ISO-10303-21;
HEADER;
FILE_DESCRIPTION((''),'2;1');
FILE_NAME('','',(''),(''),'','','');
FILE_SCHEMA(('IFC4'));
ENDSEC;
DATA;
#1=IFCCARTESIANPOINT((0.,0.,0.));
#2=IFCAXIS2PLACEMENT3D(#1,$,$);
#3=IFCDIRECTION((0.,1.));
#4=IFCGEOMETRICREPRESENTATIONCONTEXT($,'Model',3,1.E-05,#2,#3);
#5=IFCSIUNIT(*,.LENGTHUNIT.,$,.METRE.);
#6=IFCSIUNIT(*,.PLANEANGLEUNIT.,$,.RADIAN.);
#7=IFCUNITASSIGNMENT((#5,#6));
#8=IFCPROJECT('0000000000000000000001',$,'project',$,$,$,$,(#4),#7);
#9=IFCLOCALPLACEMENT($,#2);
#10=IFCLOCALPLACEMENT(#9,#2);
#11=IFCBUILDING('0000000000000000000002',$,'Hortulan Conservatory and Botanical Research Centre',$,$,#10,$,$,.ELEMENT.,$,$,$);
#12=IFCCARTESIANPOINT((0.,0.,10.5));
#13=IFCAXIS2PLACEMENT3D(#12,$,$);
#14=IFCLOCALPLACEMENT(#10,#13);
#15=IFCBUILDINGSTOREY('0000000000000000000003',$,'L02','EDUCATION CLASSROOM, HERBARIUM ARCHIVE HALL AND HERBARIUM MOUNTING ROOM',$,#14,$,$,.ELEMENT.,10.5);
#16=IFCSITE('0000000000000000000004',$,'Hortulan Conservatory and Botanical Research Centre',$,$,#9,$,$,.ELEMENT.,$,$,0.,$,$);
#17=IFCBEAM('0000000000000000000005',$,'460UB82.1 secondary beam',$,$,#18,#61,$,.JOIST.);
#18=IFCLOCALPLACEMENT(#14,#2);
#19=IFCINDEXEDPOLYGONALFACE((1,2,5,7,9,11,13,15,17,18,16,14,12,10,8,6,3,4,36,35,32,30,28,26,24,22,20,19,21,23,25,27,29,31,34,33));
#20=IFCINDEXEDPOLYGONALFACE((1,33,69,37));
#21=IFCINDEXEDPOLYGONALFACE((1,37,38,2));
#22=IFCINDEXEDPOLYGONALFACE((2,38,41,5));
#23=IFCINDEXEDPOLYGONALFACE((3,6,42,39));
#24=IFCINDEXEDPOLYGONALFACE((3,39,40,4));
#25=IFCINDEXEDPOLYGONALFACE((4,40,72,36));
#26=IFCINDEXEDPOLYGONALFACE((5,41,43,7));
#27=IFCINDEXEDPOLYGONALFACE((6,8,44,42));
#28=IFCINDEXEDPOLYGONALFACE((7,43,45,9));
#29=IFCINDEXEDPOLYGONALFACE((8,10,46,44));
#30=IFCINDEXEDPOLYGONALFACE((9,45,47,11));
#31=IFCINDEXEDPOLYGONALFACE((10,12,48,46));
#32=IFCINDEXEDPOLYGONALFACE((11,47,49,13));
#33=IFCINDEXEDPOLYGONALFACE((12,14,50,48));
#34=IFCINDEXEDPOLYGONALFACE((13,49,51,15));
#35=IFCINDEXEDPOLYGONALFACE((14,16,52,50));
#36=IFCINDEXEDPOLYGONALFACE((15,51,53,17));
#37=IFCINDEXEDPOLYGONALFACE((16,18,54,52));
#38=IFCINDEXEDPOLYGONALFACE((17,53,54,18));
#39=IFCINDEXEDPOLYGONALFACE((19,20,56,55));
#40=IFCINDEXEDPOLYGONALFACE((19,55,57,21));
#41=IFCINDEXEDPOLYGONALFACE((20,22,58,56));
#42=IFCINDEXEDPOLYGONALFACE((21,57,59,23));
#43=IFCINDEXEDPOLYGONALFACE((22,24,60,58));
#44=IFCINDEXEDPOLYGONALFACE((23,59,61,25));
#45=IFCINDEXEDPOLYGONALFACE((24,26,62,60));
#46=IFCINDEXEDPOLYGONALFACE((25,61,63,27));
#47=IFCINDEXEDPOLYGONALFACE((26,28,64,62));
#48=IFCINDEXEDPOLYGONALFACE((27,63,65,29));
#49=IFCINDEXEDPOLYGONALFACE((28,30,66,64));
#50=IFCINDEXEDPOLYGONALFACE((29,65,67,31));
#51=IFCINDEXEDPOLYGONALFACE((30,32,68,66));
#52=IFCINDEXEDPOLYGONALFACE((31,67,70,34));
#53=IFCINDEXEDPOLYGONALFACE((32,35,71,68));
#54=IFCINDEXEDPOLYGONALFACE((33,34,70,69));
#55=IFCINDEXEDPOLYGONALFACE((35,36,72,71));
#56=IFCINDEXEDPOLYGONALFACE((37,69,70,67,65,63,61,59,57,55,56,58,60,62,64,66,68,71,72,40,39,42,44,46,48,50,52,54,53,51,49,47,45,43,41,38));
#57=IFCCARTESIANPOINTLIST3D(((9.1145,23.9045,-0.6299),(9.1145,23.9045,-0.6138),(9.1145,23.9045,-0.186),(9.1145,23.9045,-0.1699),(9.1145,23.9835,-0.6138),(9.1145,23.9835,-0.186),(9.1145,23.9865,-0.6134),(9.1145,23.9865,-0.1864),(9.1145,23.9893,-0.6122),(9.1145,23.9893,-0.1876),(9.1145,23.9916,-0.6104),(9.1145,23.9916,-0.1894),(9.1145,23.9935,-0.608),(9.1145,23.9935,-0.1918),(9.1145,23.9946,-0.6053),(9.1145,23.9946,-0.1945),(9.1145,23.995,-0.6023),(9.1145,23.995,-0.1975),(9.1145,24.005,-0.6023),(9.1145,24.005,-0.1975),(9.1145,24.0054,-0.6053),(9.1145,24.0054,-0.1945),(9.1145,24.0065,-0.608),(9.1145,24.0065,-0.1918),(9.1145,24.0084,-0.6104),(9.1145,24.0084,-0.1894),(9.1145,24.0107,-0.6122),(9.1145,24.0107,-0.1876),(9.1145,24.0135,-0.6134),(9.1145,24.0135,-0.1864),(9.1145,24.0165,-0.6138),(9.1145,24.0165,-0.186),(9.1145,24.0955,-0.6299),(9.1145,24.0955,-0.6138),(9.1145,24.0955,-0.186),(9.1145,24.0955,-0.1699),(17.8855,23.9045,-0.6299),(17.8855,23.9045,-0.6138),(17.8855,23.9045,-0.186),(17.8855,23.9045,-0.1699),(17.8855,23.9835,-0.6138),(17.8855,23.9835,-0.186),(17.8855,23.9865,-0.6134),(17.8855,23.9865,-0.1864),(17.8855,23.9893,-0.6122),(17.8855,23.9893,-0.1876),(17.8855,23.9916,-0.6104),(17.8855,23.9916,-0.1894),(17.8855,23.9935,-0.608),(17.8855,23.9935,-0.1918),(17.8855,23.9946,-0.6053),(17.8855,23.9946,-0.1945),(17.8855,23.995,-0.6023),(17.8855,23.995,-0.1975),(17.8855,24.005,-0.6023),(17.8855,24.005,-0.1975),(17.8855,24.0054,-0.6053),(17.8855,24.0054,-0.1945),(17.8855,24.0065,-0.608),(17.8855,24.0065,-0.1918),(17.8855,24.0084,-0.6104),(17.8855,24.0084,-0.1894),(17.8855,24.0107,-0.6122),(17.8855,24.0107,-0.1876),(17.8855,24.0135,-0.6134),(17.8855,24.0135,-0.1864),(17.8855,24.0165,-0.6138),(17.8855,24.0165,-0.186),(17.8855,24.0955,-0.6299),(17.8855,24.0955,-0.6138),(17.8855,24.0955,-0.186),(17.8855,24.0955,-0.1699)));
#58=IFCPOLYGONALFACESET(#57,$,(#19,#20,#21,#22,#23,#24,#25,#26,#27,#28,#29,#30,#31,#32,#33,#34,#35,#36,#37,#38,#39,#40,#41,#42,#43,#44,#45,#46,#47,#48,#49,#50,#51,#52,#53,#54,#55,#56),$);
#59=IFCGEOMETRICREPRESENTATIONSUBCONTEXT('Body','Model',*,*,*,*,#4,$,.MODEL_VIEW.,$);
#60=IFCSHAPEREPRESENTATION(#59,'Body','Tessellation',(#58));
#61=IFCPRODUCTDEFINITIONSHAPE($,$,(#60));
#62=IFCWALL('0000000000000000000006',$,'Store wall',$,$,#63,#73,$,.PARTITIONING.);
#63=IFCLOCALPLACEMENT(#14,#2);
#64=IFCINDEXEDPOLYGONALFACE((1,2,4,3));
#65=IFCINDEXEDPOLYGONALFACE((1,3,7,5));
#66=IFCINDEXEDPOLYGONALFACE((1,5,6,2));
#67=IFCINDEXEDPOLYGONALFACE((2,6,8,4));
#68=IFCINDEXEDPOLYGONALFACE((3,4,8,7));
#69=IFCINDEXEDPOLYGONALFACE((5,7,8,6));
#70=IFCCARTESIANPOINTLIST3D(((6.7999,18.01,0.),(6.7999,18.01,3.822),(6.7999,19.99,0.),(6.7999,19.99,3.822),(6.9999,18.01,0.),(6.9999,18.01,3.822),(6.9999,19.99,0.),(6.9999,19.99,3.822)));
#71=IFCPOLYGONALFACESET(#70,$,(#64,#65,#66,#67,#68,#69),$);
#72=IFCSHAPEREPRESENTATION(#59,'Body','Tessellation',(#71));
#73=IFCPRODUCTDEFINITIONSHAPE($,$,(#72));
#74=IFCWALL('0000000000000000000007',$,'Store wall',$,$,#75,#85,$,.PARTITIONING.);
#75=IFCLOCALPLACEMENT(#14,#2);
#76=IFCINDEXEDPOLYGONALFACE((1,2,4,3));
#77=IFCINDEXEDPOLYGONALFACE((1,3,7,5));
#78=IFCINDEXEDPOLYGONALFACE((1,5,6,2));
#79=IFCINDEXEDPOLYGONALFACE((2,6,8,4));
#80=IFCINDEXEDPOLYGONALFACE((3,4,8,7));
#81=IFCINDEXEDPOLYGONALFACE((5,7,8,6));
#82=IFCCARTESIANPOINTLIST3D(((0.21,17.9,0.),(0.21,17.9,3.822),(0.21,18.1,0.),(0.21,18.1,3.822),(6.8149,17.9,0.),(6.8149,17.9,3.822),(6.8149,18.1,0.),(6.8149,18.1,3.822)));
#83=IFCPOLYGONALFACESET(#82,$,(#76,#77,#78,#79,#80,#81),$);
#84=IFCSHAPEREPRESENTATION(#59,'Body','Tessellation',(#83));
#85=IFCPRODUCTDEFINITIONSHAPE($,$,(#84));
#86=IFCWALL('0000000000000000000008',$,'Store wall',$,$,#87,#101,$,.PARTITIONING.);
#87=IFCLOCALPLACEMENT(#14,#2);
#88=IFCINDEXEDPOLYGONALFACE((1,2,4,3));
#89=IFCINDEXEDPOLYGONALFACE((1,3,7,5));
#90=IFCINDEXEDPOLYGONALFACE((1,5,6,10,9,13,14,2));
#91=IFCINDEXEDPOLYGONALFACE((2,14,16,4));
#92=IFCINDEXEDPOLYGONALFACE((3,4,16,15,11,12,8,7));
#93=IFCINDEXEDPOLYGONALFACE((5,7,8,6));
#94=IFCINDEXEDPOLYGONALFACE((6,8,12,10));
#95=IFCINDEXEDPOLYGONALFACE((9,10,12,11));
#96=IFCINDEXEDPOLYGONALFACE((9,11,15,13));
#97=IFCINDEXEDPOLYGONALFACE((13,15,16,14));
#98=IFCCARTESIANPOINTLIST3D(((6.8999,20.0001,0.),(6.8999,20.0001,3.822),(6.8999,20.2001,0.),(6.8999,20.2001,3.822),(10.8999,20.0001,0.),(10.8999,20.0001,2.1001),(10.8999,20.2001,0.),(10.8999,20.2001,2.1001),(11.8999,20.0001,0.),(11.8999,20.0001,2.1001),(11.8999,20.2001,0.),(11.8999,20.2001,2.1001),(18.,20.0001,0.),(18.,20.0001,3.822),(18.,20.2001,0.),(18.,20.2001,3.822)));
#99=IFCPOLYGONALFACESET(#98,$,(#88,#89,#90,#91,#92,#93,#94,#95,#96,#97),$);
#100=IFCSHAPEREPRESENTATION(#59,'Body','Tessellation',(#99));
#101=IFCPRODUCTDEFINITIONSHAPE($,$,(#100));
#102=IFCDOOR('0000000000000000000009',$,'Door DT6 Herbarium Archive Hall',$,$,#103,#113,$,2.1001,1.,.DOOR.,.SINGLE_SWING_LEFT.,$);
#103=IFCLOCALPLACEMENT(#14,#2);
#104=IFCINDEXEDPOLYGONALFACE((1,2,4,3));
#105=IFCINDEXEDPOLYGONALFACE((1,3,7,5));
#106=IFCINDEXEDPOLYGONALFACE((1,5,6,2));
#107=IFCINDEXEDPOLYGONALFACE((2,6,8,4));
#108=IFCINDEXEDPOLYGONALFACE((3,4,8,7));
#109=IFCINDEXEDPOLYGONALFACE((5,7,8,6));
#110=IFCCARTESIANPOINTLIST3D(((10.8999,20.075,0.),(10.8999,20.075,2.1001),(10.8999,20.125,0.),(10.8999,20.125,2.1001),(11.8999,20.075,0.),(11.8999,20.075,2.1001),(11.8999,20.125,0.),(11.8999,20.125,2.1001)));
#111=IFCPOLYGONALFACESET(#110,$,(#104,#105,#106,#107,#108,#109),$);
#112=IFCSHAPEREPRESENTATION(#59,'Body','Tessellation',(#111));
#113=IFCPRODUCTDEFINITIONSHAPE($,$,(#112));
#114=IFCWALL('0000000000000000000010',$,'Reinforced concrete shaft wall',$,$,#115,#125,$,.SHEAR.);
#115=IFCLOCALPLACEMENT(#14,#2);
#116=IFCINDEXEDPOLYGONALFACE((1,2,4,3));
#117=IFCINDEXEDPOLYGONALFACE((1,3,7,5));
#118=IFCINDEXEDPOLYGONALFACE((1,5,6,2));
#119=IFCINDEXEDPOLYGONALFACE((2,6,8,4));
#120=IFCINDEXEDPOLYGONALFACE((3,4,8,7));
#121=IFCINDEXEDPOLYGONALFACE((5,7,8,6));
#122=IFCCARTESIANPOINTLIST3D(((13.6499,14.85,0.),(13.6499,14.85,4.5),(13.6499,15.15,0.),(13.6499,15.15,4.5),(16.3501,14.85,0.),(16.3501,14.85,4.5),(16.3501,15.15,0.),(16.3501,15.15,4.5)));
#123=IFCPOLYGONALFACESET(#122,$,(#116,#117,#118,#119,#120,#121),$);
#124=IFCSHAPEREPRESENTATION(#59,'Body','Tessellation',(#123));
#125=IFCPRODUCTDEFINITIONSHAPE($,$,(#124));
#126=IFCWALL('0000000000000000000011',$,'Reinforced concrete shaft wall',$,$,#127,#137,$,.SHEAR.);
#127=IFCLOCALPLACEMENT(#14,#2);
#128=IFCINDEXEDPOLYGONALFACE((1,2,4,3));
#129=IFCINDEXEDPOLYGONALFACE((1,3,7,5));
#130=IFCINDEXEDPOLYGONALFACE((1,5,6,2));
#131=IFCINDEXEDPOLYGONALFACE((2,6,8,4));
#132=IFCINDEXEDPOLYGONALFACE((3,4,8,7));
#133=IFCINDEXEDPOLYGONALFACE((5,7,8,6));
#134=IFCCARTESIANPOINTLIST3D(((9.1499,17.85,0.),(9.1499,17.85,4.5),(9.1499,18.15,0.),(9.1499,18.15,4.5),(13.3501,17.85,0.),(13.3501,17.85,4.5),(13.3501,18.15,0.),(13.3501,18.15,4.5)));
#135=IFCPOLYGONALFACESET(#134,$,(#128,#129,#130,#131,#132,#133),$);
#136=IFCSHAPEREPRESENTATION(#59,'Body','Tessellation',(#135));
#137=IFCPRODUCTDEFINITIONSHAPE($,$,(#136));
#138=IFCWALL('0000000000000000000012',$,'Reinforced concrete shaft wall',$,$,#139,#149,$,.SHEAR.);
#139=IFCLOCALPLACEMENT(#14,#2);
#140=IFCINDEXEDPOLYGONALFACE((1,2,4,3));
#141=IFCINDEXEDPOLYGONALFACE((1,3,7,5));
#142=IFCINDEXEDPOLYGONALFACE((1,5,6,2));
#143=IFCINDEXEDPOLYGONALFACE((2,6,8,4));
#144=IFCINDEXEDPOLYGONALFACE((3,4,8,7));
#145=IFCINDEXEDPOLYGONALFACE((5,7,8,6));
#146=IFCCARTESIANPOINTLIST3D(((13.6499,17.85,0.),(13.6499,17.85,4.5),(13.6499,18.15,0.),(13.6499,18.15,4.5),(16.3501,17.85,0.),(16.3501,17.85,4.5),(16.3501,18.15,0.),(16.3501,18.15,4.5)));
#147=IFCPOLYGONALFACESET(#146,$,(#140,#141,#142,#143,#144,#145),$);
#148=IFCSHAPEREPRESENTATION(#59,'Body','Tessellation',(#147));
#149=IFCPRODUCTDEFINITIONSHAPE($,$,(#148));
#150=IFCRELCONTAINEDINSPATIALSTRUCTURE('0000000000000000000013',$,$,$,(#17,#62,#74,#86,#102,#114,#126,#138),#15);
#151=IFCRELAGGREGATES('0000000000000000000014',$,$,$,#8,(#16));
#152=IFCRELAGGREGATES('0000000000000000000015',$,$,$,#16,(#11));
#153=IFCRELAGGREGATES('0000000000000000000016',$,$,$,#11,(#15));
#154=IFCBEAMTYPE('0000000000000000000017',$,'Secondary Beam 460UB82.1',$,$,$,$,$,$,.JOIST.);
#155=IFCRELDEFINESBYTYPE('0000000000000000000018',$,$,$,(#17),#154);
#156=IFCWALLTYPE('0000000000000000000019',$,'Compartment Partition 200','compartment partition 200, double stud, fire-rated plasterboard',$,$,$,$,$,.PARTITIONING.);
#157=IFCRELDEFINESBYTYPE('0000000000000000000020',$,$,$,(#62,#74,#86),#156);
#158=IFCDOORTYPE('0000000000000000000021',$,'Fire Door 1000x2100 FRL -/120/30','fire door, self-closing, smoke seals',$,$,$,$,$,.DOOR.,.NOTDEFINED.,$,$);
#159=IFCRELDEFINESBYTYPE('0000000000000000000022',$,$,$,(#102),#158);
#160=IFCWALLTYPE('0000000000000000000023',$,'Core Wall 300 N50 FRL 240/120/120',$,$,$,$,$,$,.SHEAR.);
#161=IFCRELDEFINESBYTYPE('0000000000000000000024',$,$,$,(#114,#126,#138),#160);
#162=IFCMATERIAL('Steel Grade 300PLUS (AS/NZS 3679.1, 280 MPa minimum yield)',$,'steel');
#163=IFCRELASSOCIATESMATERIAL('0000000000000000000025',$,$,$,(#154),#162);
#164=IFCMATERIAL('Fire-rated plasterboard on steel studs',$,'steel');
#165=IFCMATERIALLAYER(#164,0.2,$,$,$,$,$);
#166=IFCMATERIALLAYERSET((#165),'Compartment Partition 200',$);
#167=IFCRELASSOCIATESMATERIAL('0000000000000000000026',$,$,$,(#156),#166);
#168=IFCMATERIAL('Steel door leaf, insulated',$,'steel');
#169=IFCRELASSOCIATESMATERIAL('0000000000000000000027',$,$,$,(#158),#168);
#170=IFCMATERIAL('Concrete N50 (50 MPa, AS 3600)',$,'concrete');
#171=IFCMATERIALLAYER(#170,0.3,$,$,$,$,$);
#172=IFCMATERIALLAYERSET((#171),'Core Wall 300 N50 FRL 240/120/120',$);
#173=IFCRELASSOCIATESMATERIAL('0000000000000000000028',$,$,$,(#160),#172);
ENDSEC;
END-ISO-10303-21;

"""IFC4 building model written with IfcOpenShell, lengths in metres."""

from ifc_helpers import new_model, si_unit, direction, frame, frame_2d, origin, origin_2d, place, context, subcontext, project, spatial, rectangle, i_section, extrude, material, layer, layer_set, material_profile, profile_set, type_object, element, fill, save


model = new_model("IFC4")

# Units and contexts
model_context = context("Model", 3, precision=1e-05, world=origin(), true_north=direction((0.0, 1.0)))
body_context = subcontext(model_context, "Body", "Model", "MODEL_VIEW")
ifc_project = project(units=[si_unit("LENGTHUNIT", "METRE"), si_unit("PLANEANGLEUNIT", "RADIAN")], contexts=[model_context])

# Site, building, storey
site_placement = place(None, origin())
site = spatial("IfcSite", under=ifc_project, at=site_placement, Name="Hortulan Conservatory and Botanical Research Centre", CompositionType="ELEMENT", RefElevation=0.0)
building_placement = place(site_placement, origin())
building = spatial("IfcBuilding", under=site, at=building_placement, Name="Hortulan Conservatory and Botanical Research Centre", CompositionType="ELEMENT")
storey_placement = place(building_placement, frame((0.0, 0.0, 10.5)))
storey = spatial("IfcBuildingStorey", under=building, at=storey_placement, Name="L02", Description="EDUCATION CLASSROOM, HERBARIUM ARCHIVE HALL AND HERBARIUM MOUNTING ROOM", CompositionType="ELEMENT", Elevation=10.5)

# Beam
ifc_material_1 = material(Name="Steel Grade 300PLUS (AS/NZS 3679.1, 280 MPa minimum yield)", Category="steel")
ifc_material_profile_1 = material_profile(ifc_material_1, i_section(OverallWidth=0.1909, OverallDepth=0.46, WebThickness=0.01, FlangeThickness=0.0161, FilletRadius=0.0115, at=origin_2d()), Name="460UB82.1")
ifc_profile_set_1 = profile_set([ifc_material_profile_1], Name="Steel Grade 300PLUS (AS/NZS 3679.1, 280 MPa minimum yield)")
beam_type_1 = type_object("IfcBeamType", Name="Secondary Beam 460UB82.1", PredefinedType="JOIST", material=ifc_profile_set_1)
for number, where, z_axis, x_axis, name in (
    (1, (9.1145, 24.0, -0.3999), (1.0, 0.0, 0.0), (0.0, 1.0, 0.0), "460UB82.1 secondary beam"),
):
    element("IfcBeam", number, at=place(storey_placement, frame(where, z_axis=z_axis, x_axis=x_axis)), inside=storey, type_object=beam_type_1, Name=name, PredefinedType="JOIST", context=body_context, shape_type="SweptSolid", body=[
        extrude(i_section(OverallWidth=0.1909, OverallDepth=0.46, WebThickness=0.01, FlangeThickness=0.0161, FilletRadius=0.0115, at=origin_2d()), origin(), (0.0, 0.0, 1.0), 8.771),
    ])

# Walls
ifc_material_2 = material(Name="Fire-rated plasterboard on steel studs", Category="steel")
ifc_layer_1 = layer(ifc_material_2, 0.2)
ifc_layer_set_1 = layer_set([ifc_layer_1], Name="Compartment Partition 200")
wall_type_1 = type_object("IfcWallType", Name="Compartment Partition 200", Description="compartment partition 200, double stud, fire-rated plasterboard", PredefinedType="PARTITIONING", material=ifc_layer_set_1)
wall_1_placement = place(storey_placement, frame((6.8999, 18.01, 0.0), z_axis=(0.0, 0.0, 1.0), x_axis=(0.0, 1.0, 0.0)))
element("IfcWall", 2, at=wall_1_placement, inside=storey, type_object=wall_type_1, Name="Store wall", PredefinedType="PARTITIONING", context=body_context, shape_type="SweptSolid", body=[
    extrude(rectangle(XDim=1.98, YDim=0.2, at=frame_2d((0.99, 0.0))), origin(), (0.0, 0.0, 1.0), 3.822),
])
wall_2_placement = place(storey_placement, frame((0.21, 18.0, 0.0), z_axis=(0.0, 0.0, 1.0), x_axis=(1.0, 0.0, 0.0)))
element("IfcWall", 3, at=wall_2_placement, inside=storey, type_object=wall_type_1, Name="Store wall", PredefinedType="PARTITIONING", context=body_context, shape_type="SweptSolid", body=[
    extrude(rectangle(XDim=6.605, YDim=0.2, at=frame_2d((3.3025, 0.0))), origin(), (0.0, 0.0, 1.0), 3.822),
])

# Wall, opening, door
wall_3_placement = place(storey_placement, frame((6.8999, 20.1001, 0.0), z_axis=(0.0, 0.0, 1.0), x_axis=(1.0, 0.0, 0.0)))
wall_3 = element("IfcWall", 4, at=wall_3_placement, inside=storey, type_object=wall_type_1, Name="Store wall", PredefinedType="PARTITIONING", context=body_context, shape_type="SweptSolid", body=[
    extrude(rectangle(XDim=11.1001, YDim=0.2, at=frame_2d((5.55, 0.0))), origin(), (0.0, 0.0, 1.0), 3.822),
])
opening_placement = place(wall_3_placement, frame((4.0, 0.0, 0.0)))
opening = element("IfcOpeningElement", 5, at=opening_placement, cuts=wall_3, PredefinedType="OPENING", context=body_context, shape_type="SweptSolid", body=[
    extrude(rectangle(XDim=1.0, YDim=2.1001, at=frame_2d((0.5, 1.05))), frame((0.0, 0.1099, 0.0), z_axis=(0.0, -1.0, 0.0), x_axis=(1.0, 0.0, 0.0)), (0.0, 0.0, 1.0), 0.22),
])
ifc_material_3 = material(Name="Steel door leaf, insulated", Category="steel")
door_type = type_object("IfcDoorType", Name="Fire Door 1000x2100 FRL -/120/30", Description="fire door, self-closing, smoke seals", OperationType="NOTDEFINED", PredefinedType="DOOR", material=ifc_material_3)
door_placement = place(opening_placement, origin())
door = element("IfcDoor", 6, at=door_placement, inside=storey, type_object=door_type, Name="Door DT6 Herbarium Archive Hall", OperationType="SINGLE_SWING_LEFT", OverallHeight=2.1001, OverallWidth=1.0, PredefinedType="DOOR", context=body_context, shape_type="SweptSolid", body=[
    extrude(rectangle(XDim=1.0, YDim=2.1001, at=frame_2d((0.5, 1.05))), frame((0.0, 0.0249, 0.0), z_axis=(0.0, -1.0, 0.0), x_axis=(1.0, 0.0, 0.0)), (0.0, 0.0, 1.0), 0.05),
])
fill(opening, door)

# Walls
ifc_material_4 = material(Name="Concrete N50 (50 MPa, AS 3600)", Category="concrete")
ifc_layer_2 = layer(ifc_material_4, 0.3)
ifc_layer_set_2 = layer_set([ifc_layer_2], Name="Core Wall 300 N50 FRL 240/120/120")
wall_type_2 = type_object("IfcWallType", Name="Core Wall 300 N50 FRL 240/120/120", PredefinedType="SHEAR", material=ifc_layer_set_2)
wall_4_placement = place(storey_placement, frame((13.6499, 15.0, 0.0), z_axis=(0.0, 0.0, 1.0), x_axis=(1.0, 0.0, 0.0)))
element("IfcWall", 7, at=wall_4_placement, inside=storey, type_object=wall_type_2, Name="Reinforced concrete shaft wall", PredefinedType="SHEAR", context=body_context, shape_type="SweptSolid", body=[
    extrude(rectangle(XDim=2.7002, YDim=0.3, at=frame_2d((1.3501, 0.0))), origin(), (0.0, 0.0, 1.0), 4.5),
])
wall_5_placement = place(storey_placement, frame((9.1499, 18.0, 0.0), z_axis=(0.0, 0.0, 1.0), x_axis=(1.0, 0.0, 0.0)))
element("IfcWall", 8, at=wall_5_placement, inside=storey, type_object=wall_type_2, Name="Reinforced concrete shaft wall", PredefinedType="SHEAR", context=body_context, shape_type="SweptSolid", body=[
    extrude(rectangle(XDim=4.2002, YDim=0.3, at=frame_2d((2.1001, 0.0))), origin(), (0.0, 0.0, 1.0), 4.5),
])
wall_6_placement = place(storey_placement, frame((13.6499, 18.0, 0.0), z_axis=(0.0, 0.0, 1.0), x_axis=(1.0, 0.0, 0.0)))
element("IfcWall", 9, at=wall_6_placement, inside=storey, type_object=wall_type_2, Name="Reinforced concrete shaft wall", PredefinedType="SHEAR", context=body_context, shape_type="SweptSolid", body=[
    extrude(rectangle(XDim=2.7002, YDim=0.3, at=frame_2d((1.3501, 0.0))), origin(), (0.0, 0.0, 1.0), 4.5),
])

save(model, "model.ifc")
